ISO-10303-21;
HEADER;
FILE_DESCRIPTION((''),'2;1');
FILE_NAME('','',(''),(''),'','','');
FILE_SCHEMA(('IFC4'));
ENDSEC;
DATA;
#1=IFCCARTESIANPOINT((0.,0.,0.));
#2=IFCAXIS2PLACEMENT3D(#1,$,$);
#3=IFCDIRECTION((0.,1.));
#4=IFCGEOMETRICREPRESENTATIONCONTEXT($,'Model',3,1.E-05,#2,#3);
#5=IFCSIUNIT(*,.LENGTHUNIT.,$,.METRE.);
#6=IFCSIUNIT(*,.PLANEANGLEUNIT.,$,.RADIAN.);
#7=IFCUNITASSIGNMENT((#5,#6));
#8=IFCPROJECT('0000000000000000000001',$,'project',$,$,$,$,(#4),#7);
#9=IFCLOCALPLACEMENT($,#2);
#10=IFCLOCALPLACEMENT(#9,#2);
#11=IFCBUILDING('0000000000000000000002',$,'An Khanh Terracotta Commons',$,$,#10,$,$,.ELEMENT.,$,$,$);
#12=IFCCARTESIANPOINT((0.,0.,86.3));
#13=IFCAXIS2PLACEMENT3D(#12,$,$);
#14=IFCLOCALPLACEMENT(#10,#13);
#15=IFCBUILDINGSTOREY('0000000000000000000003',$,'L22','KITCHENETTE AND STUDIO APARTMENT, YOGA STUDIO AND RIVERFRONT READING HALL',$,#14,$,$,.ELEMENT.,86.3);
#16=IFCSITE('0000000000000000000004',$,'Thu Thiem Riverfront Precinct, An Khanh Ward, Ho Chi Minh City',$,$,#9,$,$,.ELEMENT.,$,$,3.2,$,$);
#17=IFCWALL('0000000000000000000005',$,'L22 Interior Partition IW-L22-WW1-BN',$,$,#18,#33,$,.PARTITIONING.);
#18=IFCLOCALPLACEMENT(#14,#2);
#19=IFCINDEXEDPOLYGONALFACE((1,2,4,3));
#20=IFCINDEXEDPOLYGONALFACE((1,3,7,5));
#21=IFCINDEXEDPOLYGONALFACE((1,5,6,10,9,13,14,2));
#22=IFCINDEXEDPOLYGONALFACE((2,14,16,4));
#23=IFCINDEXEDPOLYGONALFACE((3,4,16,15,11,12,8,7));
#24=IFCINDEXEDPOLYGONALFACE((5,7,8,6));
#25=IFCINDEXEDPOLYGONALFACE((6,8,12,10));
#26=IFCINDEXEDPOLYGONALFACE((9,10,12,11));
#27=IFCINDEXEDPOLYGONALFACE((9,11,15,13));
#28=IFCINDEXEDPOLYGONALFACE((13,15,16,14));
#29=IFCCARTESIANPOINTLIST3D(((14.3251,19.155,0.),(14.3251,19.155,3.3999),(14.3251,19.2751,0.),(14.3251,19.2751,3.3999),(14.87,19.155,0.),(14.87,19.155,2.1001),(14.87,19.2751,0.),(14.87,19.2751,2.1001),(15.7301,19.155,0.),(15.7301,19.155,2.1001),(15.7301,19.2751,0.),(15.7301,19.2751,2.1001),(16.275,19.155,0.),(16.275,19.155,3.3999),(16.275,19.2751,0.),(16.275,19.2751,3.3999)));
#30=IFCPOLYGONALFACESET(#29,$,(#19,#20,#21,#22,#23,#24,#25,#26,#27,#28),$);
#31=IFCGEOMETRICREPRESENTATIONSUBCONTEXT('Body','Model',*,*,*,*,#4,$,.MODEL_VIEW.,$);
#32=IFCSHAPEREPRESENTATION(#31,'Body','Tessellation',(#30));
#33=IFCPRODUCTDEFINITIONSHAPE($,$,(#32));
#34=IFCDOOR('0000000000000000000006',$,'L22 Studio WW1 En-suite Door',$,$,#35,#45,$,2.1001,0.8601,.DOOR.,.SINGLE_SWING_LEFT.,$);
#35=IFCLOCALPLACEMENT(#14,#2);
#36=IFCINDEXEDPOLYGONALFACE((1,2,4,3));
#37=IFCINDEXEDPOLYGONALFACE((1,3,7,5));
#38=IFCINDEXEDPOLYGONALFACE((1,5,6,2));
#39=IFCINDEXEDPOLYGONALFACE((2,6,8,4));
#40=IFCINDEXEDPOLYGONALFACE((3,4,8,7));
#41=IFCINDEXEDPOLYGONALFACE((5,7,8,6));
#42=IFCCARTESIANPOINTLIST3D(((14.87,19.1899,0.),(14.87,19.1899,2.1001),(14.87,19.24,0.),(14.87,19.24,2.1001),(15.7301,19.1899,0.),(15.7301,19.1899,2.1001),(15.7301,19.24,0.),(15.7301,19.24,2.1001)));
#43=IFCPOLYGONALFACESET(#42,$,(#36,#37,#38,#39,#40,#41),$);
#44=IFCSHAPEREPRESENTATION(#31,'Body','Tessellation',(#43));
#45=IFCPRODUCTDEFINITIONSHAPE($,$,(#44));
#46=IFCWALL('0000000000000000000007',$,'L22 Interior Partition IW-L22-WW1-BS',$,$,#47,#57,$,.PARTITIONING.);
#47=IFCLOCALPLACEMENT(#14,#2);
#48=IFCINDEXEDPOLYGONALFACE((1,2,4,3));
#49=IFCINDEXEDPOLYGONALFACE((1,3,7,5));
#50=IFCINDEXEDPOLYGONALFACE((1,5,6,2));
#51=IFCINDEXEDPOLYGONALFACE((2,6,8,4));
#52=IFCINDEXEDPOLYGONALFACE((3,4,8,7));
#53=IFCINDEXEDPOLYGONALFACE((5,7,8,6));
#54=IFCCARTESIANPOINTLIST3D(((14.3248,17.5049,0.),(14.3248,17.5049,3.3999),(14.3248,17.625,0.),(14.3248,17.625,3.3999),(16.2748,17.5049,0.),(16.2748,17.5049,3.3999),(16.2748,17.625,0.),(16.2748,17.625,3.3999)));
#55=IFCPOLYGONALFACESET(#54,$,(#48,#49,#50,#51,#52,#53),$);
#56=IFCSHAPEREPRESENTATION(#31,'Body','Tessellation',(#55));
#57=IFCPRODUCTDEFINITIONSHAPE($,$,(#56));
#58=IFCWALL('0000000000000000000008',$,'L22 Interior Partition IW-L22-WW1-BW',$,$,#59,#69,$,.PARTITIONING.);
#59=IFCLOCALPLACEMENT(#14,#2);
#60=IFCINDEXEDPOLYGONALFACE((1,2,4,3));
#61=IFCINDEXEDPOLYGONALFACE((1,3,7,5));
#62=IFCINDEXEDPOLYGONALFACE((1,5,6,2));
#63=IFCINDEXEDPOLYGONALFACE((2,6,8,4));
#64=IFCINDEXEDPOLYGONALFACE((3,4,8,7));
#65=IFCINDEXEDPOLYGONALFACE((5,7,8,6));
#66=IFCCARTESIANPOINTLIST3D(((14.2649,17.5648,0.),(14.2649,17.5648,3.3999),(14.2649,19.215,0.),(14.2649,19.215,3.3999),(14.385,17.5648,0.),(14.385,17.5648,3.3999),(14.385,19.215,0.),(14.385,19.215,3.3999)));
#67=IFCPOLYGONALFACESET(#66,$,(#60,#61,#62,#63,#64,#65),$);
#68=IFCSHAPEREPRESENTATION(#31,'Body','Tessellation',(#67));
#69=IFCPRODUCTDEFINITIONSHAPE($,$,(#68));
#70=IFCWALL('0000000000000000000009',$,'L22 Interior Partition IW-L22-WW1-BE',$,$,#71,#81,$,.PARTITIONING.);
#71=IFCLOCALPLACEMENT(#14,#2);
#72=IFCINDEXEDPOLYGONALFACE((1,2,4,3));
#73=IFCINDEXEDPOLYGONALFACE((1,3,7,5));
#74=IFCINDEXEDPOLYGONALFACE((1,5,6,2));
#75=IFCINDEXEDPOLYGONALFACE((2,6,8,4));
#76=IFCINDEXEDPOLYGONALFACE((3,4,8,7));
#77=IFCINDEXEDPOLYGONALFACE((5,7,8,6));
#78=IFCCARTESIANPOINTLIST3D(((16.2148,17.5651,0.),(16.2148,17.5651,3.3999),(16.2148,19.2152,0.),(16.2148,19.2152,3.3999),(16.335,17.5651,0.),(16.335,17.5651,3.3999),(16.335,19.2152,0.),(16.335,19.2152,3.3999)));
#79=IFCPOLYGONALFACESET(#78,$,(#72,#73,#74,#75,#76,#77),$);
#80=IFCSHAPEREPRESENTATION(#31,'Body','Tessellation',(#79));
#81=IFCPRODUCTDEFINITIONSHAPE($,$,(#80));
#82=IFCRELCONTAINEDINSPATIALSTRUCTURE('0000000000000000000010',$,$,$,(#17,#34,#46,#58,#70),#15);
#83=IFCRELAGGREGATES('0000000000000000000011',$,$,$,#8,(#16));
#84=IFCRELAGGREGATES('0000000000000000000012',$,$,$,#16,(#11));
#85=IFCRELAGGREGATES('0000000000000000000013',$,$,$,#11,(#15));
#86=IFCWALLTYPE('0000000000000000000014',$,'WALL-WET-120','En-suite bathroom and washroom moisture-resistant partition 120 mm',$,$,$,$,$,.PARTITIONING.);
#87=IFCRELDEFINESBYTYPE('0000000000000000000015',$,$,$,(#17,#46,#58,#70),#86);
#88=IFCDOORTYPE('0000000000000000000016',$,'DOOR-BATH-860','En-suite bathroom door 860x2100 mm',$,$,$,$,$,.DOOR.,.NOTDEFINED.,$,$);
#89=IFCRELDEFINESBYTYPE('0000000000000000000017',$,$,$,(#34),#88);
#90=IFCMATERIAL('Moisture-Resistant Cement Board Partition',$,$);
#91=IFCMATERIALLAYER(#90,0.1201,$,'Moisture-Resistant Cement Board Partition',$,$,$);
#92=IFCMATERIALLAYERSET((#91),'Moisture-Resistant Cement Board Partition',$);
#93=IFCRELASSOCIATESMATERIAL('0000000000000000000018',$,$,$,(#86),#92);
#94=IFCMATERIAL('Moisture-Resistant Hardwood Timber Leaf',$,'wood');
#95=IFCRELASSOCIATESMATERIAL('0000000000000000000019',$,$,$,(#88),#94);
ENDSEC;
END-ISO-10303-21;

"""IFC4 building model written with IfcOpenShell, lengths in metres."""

from ifc_helpers import new_model, si_unit, direction, frame, frame_2d, origin, place, context, subcontext, project, spatial, rectangle, extrude, material, layer, layer_set, type_object, element, fill, save


model = new_model("IFC4")

# Units and contexts
model_context = context("Model", 3, precision=1e-05, world=origin(), true_north=direction((0.0, 1.0)))
body_context = subcontext(model_context, "Body", "Model", "MODEL_VIEW")
ifc_project = project(units=[si_unit("LENGTHUNIT", "METRE"), si_unit("PLANEANGLEUNIT", "RADIAN")], contexts=[model_context])

# Site, building, storey
site_placement = place(None, origin())
site = spatial("IfcSite", under=ifc_project, at=site_placement, Name="Thu Thiem Riverfront Precinct, An Khanh Ward, Ho Chi Minh City", CompositionType="ELEMENT", RefElevation=3.2)
building_placement = place(site_placement, origin())
building = spatial("IfcBuilding", under=site, at=building_placement, Name="An Khanh Terracotta Commons", CompositionType="ELEMENT")
storey_placement = place(building_placement, frame((0.0, 0.0, 86.3)))
storey = spatial("IfcBuildingStorey", under=building, at=storey_placement, Name="L22", Description="KITCHENETTE AND STUDIO APARTMENT, YOGA STUDIO AND RIVERFRONT READING HALL", CompositionType="ELEMENT", Elevation=86.3)

# Wall, opening, door
ifc_material_1 = material(Name="Moisture-Resistant Cement Board Partition")
ifc_layer_1 = layer(ifc_material_1, 0.1201, Name="Moisture-Resistant Cement Board Partition")
ifc_layer_set_1 = layer_set([ifc_layer_1], Name="Moisture-Resistant Cement Board Partition")
wall_type_1 = type_object("IfcWallType", Name="WALL-WET-120", Description="En-suite bathroom and washroom moisture-resistant partition 120 mm", PredefinedType="PARTITIONING", material=ifc_layer_set_1)
wall_1_placement = place(storey_placement, frame((14.325, 19.2151, 0.0), z_axis=(0.0, 0.0, 1.0), x_axis=(1.0, 0.0, 0.0)))
wall_1 = element("IfcWall", 1, at=wall_1_placement, inside=storey, type_object=wall_type_1, Name="L22 Interior Partition IW-L22-WW1-BN", PredefinedType="PARTITIONING", context=body_context, shape_type="SweptSolid", body=[
    extrude(rectangle(XDim=1.95, YDim=0.1201, at=frame_2d((0.9751, 0.0))), origin(), (0.0, 0.0, 1.0), 3.3999),
])
opening_1_placement = place(wall_1_placement, frame((0.5449, 0.0, 0.0)))
opening_1 = element("IfcOpeningElement", 2, at=opening_1_placement, cuts=wall_1, PredefinedType="OPENING", context=body_context, shape_type="SweptSolid", body=[
    extrude(rectangle(XDim=0.8601, YDim=2.1001, at=frame_2d((0.4302, 1.05))), frame((0.0, 0.0701, 0.0), z_axis=(0.0, -1.0, 0.0), x_axis=(1.0, 0.0, 0.0)), (0.0, 0.0, 1.0), 0.1401),
])
ifc_material_2 = material(Name="Moisture-Resistant Hardwood Timber Leaf", Category="wood")
door_type_1 = type_object("IfcDoorType", Name="DOOR-BATH-860", Description="En-suite bathroom door 860x2100 mm", OperationType="NOTDEFINED", PredefinedType="DOOR", material=ifc_material_2)
door_1_placement = place(opening_1_placement, origin())
door_1 = element("IfcDoor", 3, at=door_1_placement, inside=storey, type_object=door_type_1, Name="L22 Studio WW1 En-suite Door", OperationType="SINGLE_SWING_LEFT", OverallHeight=2.1001, OverallWidth=0.8601, PredefinedType="DOOR", context=body_context, shape_type="SweptSolid", body=[
    extrude(rectangle(XDim=0.8601, YDim=2.1001, at=frame_2d((0.4302, 1.05))), frame((0.0, 0.0249, 0.0), z_axis=(0.0, -1.0, 0.0), x_axis=(1.0, 0.0, 0.0)), (0.0, 0.0, 1.0), 0.05),
])
fill(opening_1, door_1)

# Walls
wall_2_placement = place(storey_placement, frame((16.2749, 17.5649, 0.0), z_axis=(0.0, 0.0, 1.0), x_axis=(-1.0, 0.0, 0.0)))
element("IfcWall", 4, at=wall_2_placement, inside=storey, type_object=wall_type_1, Name="L22 Interior Partition IW-L22-WW1-BS", PredefinedType="PARTITIONING", context=body_context, shape_type="SweptSolid", body=[
    extrude(rectangle(XDim=1.95, YDim=0.1201, at=frame_2d((0.9751, 0.0))), origin(), (0.0, 0.0, 1.0), 3.3999),
])
for number, where, z_axis, x_axis, name in (
    (5, (14.325, 19.2151, 0.0), (0.0, 0.0, 1.0), (0.0, -1.0, 0.0), "L22 Interior Partition IW-L22-WW1-BW"),
    (6, (16.2749, 17.5649, 0.0), (0.0, 0.0, 1.0), (0.0, 1.0, 0.0), "L22 Interior Partition IW-L22-WW1-BE"),
):
    element("IfcWall", number, at=place(storey_placement, frame(where, z_axis=z_axis, x_axis=x_axis)), inside=storey, type_object=wall_type_1, Name=name, PredefinedType="PARTITIONING", context=body_context, shape_type="SweptSolid", body=[
        extrude(rectangle(XDim=1.6501, YDim=0.1201, at=frame_2d((0.8252, 0.0))), origin(), (0.0, 0.0, 1.0), 3.3999),
    ])

save(model, "model.ifc")
